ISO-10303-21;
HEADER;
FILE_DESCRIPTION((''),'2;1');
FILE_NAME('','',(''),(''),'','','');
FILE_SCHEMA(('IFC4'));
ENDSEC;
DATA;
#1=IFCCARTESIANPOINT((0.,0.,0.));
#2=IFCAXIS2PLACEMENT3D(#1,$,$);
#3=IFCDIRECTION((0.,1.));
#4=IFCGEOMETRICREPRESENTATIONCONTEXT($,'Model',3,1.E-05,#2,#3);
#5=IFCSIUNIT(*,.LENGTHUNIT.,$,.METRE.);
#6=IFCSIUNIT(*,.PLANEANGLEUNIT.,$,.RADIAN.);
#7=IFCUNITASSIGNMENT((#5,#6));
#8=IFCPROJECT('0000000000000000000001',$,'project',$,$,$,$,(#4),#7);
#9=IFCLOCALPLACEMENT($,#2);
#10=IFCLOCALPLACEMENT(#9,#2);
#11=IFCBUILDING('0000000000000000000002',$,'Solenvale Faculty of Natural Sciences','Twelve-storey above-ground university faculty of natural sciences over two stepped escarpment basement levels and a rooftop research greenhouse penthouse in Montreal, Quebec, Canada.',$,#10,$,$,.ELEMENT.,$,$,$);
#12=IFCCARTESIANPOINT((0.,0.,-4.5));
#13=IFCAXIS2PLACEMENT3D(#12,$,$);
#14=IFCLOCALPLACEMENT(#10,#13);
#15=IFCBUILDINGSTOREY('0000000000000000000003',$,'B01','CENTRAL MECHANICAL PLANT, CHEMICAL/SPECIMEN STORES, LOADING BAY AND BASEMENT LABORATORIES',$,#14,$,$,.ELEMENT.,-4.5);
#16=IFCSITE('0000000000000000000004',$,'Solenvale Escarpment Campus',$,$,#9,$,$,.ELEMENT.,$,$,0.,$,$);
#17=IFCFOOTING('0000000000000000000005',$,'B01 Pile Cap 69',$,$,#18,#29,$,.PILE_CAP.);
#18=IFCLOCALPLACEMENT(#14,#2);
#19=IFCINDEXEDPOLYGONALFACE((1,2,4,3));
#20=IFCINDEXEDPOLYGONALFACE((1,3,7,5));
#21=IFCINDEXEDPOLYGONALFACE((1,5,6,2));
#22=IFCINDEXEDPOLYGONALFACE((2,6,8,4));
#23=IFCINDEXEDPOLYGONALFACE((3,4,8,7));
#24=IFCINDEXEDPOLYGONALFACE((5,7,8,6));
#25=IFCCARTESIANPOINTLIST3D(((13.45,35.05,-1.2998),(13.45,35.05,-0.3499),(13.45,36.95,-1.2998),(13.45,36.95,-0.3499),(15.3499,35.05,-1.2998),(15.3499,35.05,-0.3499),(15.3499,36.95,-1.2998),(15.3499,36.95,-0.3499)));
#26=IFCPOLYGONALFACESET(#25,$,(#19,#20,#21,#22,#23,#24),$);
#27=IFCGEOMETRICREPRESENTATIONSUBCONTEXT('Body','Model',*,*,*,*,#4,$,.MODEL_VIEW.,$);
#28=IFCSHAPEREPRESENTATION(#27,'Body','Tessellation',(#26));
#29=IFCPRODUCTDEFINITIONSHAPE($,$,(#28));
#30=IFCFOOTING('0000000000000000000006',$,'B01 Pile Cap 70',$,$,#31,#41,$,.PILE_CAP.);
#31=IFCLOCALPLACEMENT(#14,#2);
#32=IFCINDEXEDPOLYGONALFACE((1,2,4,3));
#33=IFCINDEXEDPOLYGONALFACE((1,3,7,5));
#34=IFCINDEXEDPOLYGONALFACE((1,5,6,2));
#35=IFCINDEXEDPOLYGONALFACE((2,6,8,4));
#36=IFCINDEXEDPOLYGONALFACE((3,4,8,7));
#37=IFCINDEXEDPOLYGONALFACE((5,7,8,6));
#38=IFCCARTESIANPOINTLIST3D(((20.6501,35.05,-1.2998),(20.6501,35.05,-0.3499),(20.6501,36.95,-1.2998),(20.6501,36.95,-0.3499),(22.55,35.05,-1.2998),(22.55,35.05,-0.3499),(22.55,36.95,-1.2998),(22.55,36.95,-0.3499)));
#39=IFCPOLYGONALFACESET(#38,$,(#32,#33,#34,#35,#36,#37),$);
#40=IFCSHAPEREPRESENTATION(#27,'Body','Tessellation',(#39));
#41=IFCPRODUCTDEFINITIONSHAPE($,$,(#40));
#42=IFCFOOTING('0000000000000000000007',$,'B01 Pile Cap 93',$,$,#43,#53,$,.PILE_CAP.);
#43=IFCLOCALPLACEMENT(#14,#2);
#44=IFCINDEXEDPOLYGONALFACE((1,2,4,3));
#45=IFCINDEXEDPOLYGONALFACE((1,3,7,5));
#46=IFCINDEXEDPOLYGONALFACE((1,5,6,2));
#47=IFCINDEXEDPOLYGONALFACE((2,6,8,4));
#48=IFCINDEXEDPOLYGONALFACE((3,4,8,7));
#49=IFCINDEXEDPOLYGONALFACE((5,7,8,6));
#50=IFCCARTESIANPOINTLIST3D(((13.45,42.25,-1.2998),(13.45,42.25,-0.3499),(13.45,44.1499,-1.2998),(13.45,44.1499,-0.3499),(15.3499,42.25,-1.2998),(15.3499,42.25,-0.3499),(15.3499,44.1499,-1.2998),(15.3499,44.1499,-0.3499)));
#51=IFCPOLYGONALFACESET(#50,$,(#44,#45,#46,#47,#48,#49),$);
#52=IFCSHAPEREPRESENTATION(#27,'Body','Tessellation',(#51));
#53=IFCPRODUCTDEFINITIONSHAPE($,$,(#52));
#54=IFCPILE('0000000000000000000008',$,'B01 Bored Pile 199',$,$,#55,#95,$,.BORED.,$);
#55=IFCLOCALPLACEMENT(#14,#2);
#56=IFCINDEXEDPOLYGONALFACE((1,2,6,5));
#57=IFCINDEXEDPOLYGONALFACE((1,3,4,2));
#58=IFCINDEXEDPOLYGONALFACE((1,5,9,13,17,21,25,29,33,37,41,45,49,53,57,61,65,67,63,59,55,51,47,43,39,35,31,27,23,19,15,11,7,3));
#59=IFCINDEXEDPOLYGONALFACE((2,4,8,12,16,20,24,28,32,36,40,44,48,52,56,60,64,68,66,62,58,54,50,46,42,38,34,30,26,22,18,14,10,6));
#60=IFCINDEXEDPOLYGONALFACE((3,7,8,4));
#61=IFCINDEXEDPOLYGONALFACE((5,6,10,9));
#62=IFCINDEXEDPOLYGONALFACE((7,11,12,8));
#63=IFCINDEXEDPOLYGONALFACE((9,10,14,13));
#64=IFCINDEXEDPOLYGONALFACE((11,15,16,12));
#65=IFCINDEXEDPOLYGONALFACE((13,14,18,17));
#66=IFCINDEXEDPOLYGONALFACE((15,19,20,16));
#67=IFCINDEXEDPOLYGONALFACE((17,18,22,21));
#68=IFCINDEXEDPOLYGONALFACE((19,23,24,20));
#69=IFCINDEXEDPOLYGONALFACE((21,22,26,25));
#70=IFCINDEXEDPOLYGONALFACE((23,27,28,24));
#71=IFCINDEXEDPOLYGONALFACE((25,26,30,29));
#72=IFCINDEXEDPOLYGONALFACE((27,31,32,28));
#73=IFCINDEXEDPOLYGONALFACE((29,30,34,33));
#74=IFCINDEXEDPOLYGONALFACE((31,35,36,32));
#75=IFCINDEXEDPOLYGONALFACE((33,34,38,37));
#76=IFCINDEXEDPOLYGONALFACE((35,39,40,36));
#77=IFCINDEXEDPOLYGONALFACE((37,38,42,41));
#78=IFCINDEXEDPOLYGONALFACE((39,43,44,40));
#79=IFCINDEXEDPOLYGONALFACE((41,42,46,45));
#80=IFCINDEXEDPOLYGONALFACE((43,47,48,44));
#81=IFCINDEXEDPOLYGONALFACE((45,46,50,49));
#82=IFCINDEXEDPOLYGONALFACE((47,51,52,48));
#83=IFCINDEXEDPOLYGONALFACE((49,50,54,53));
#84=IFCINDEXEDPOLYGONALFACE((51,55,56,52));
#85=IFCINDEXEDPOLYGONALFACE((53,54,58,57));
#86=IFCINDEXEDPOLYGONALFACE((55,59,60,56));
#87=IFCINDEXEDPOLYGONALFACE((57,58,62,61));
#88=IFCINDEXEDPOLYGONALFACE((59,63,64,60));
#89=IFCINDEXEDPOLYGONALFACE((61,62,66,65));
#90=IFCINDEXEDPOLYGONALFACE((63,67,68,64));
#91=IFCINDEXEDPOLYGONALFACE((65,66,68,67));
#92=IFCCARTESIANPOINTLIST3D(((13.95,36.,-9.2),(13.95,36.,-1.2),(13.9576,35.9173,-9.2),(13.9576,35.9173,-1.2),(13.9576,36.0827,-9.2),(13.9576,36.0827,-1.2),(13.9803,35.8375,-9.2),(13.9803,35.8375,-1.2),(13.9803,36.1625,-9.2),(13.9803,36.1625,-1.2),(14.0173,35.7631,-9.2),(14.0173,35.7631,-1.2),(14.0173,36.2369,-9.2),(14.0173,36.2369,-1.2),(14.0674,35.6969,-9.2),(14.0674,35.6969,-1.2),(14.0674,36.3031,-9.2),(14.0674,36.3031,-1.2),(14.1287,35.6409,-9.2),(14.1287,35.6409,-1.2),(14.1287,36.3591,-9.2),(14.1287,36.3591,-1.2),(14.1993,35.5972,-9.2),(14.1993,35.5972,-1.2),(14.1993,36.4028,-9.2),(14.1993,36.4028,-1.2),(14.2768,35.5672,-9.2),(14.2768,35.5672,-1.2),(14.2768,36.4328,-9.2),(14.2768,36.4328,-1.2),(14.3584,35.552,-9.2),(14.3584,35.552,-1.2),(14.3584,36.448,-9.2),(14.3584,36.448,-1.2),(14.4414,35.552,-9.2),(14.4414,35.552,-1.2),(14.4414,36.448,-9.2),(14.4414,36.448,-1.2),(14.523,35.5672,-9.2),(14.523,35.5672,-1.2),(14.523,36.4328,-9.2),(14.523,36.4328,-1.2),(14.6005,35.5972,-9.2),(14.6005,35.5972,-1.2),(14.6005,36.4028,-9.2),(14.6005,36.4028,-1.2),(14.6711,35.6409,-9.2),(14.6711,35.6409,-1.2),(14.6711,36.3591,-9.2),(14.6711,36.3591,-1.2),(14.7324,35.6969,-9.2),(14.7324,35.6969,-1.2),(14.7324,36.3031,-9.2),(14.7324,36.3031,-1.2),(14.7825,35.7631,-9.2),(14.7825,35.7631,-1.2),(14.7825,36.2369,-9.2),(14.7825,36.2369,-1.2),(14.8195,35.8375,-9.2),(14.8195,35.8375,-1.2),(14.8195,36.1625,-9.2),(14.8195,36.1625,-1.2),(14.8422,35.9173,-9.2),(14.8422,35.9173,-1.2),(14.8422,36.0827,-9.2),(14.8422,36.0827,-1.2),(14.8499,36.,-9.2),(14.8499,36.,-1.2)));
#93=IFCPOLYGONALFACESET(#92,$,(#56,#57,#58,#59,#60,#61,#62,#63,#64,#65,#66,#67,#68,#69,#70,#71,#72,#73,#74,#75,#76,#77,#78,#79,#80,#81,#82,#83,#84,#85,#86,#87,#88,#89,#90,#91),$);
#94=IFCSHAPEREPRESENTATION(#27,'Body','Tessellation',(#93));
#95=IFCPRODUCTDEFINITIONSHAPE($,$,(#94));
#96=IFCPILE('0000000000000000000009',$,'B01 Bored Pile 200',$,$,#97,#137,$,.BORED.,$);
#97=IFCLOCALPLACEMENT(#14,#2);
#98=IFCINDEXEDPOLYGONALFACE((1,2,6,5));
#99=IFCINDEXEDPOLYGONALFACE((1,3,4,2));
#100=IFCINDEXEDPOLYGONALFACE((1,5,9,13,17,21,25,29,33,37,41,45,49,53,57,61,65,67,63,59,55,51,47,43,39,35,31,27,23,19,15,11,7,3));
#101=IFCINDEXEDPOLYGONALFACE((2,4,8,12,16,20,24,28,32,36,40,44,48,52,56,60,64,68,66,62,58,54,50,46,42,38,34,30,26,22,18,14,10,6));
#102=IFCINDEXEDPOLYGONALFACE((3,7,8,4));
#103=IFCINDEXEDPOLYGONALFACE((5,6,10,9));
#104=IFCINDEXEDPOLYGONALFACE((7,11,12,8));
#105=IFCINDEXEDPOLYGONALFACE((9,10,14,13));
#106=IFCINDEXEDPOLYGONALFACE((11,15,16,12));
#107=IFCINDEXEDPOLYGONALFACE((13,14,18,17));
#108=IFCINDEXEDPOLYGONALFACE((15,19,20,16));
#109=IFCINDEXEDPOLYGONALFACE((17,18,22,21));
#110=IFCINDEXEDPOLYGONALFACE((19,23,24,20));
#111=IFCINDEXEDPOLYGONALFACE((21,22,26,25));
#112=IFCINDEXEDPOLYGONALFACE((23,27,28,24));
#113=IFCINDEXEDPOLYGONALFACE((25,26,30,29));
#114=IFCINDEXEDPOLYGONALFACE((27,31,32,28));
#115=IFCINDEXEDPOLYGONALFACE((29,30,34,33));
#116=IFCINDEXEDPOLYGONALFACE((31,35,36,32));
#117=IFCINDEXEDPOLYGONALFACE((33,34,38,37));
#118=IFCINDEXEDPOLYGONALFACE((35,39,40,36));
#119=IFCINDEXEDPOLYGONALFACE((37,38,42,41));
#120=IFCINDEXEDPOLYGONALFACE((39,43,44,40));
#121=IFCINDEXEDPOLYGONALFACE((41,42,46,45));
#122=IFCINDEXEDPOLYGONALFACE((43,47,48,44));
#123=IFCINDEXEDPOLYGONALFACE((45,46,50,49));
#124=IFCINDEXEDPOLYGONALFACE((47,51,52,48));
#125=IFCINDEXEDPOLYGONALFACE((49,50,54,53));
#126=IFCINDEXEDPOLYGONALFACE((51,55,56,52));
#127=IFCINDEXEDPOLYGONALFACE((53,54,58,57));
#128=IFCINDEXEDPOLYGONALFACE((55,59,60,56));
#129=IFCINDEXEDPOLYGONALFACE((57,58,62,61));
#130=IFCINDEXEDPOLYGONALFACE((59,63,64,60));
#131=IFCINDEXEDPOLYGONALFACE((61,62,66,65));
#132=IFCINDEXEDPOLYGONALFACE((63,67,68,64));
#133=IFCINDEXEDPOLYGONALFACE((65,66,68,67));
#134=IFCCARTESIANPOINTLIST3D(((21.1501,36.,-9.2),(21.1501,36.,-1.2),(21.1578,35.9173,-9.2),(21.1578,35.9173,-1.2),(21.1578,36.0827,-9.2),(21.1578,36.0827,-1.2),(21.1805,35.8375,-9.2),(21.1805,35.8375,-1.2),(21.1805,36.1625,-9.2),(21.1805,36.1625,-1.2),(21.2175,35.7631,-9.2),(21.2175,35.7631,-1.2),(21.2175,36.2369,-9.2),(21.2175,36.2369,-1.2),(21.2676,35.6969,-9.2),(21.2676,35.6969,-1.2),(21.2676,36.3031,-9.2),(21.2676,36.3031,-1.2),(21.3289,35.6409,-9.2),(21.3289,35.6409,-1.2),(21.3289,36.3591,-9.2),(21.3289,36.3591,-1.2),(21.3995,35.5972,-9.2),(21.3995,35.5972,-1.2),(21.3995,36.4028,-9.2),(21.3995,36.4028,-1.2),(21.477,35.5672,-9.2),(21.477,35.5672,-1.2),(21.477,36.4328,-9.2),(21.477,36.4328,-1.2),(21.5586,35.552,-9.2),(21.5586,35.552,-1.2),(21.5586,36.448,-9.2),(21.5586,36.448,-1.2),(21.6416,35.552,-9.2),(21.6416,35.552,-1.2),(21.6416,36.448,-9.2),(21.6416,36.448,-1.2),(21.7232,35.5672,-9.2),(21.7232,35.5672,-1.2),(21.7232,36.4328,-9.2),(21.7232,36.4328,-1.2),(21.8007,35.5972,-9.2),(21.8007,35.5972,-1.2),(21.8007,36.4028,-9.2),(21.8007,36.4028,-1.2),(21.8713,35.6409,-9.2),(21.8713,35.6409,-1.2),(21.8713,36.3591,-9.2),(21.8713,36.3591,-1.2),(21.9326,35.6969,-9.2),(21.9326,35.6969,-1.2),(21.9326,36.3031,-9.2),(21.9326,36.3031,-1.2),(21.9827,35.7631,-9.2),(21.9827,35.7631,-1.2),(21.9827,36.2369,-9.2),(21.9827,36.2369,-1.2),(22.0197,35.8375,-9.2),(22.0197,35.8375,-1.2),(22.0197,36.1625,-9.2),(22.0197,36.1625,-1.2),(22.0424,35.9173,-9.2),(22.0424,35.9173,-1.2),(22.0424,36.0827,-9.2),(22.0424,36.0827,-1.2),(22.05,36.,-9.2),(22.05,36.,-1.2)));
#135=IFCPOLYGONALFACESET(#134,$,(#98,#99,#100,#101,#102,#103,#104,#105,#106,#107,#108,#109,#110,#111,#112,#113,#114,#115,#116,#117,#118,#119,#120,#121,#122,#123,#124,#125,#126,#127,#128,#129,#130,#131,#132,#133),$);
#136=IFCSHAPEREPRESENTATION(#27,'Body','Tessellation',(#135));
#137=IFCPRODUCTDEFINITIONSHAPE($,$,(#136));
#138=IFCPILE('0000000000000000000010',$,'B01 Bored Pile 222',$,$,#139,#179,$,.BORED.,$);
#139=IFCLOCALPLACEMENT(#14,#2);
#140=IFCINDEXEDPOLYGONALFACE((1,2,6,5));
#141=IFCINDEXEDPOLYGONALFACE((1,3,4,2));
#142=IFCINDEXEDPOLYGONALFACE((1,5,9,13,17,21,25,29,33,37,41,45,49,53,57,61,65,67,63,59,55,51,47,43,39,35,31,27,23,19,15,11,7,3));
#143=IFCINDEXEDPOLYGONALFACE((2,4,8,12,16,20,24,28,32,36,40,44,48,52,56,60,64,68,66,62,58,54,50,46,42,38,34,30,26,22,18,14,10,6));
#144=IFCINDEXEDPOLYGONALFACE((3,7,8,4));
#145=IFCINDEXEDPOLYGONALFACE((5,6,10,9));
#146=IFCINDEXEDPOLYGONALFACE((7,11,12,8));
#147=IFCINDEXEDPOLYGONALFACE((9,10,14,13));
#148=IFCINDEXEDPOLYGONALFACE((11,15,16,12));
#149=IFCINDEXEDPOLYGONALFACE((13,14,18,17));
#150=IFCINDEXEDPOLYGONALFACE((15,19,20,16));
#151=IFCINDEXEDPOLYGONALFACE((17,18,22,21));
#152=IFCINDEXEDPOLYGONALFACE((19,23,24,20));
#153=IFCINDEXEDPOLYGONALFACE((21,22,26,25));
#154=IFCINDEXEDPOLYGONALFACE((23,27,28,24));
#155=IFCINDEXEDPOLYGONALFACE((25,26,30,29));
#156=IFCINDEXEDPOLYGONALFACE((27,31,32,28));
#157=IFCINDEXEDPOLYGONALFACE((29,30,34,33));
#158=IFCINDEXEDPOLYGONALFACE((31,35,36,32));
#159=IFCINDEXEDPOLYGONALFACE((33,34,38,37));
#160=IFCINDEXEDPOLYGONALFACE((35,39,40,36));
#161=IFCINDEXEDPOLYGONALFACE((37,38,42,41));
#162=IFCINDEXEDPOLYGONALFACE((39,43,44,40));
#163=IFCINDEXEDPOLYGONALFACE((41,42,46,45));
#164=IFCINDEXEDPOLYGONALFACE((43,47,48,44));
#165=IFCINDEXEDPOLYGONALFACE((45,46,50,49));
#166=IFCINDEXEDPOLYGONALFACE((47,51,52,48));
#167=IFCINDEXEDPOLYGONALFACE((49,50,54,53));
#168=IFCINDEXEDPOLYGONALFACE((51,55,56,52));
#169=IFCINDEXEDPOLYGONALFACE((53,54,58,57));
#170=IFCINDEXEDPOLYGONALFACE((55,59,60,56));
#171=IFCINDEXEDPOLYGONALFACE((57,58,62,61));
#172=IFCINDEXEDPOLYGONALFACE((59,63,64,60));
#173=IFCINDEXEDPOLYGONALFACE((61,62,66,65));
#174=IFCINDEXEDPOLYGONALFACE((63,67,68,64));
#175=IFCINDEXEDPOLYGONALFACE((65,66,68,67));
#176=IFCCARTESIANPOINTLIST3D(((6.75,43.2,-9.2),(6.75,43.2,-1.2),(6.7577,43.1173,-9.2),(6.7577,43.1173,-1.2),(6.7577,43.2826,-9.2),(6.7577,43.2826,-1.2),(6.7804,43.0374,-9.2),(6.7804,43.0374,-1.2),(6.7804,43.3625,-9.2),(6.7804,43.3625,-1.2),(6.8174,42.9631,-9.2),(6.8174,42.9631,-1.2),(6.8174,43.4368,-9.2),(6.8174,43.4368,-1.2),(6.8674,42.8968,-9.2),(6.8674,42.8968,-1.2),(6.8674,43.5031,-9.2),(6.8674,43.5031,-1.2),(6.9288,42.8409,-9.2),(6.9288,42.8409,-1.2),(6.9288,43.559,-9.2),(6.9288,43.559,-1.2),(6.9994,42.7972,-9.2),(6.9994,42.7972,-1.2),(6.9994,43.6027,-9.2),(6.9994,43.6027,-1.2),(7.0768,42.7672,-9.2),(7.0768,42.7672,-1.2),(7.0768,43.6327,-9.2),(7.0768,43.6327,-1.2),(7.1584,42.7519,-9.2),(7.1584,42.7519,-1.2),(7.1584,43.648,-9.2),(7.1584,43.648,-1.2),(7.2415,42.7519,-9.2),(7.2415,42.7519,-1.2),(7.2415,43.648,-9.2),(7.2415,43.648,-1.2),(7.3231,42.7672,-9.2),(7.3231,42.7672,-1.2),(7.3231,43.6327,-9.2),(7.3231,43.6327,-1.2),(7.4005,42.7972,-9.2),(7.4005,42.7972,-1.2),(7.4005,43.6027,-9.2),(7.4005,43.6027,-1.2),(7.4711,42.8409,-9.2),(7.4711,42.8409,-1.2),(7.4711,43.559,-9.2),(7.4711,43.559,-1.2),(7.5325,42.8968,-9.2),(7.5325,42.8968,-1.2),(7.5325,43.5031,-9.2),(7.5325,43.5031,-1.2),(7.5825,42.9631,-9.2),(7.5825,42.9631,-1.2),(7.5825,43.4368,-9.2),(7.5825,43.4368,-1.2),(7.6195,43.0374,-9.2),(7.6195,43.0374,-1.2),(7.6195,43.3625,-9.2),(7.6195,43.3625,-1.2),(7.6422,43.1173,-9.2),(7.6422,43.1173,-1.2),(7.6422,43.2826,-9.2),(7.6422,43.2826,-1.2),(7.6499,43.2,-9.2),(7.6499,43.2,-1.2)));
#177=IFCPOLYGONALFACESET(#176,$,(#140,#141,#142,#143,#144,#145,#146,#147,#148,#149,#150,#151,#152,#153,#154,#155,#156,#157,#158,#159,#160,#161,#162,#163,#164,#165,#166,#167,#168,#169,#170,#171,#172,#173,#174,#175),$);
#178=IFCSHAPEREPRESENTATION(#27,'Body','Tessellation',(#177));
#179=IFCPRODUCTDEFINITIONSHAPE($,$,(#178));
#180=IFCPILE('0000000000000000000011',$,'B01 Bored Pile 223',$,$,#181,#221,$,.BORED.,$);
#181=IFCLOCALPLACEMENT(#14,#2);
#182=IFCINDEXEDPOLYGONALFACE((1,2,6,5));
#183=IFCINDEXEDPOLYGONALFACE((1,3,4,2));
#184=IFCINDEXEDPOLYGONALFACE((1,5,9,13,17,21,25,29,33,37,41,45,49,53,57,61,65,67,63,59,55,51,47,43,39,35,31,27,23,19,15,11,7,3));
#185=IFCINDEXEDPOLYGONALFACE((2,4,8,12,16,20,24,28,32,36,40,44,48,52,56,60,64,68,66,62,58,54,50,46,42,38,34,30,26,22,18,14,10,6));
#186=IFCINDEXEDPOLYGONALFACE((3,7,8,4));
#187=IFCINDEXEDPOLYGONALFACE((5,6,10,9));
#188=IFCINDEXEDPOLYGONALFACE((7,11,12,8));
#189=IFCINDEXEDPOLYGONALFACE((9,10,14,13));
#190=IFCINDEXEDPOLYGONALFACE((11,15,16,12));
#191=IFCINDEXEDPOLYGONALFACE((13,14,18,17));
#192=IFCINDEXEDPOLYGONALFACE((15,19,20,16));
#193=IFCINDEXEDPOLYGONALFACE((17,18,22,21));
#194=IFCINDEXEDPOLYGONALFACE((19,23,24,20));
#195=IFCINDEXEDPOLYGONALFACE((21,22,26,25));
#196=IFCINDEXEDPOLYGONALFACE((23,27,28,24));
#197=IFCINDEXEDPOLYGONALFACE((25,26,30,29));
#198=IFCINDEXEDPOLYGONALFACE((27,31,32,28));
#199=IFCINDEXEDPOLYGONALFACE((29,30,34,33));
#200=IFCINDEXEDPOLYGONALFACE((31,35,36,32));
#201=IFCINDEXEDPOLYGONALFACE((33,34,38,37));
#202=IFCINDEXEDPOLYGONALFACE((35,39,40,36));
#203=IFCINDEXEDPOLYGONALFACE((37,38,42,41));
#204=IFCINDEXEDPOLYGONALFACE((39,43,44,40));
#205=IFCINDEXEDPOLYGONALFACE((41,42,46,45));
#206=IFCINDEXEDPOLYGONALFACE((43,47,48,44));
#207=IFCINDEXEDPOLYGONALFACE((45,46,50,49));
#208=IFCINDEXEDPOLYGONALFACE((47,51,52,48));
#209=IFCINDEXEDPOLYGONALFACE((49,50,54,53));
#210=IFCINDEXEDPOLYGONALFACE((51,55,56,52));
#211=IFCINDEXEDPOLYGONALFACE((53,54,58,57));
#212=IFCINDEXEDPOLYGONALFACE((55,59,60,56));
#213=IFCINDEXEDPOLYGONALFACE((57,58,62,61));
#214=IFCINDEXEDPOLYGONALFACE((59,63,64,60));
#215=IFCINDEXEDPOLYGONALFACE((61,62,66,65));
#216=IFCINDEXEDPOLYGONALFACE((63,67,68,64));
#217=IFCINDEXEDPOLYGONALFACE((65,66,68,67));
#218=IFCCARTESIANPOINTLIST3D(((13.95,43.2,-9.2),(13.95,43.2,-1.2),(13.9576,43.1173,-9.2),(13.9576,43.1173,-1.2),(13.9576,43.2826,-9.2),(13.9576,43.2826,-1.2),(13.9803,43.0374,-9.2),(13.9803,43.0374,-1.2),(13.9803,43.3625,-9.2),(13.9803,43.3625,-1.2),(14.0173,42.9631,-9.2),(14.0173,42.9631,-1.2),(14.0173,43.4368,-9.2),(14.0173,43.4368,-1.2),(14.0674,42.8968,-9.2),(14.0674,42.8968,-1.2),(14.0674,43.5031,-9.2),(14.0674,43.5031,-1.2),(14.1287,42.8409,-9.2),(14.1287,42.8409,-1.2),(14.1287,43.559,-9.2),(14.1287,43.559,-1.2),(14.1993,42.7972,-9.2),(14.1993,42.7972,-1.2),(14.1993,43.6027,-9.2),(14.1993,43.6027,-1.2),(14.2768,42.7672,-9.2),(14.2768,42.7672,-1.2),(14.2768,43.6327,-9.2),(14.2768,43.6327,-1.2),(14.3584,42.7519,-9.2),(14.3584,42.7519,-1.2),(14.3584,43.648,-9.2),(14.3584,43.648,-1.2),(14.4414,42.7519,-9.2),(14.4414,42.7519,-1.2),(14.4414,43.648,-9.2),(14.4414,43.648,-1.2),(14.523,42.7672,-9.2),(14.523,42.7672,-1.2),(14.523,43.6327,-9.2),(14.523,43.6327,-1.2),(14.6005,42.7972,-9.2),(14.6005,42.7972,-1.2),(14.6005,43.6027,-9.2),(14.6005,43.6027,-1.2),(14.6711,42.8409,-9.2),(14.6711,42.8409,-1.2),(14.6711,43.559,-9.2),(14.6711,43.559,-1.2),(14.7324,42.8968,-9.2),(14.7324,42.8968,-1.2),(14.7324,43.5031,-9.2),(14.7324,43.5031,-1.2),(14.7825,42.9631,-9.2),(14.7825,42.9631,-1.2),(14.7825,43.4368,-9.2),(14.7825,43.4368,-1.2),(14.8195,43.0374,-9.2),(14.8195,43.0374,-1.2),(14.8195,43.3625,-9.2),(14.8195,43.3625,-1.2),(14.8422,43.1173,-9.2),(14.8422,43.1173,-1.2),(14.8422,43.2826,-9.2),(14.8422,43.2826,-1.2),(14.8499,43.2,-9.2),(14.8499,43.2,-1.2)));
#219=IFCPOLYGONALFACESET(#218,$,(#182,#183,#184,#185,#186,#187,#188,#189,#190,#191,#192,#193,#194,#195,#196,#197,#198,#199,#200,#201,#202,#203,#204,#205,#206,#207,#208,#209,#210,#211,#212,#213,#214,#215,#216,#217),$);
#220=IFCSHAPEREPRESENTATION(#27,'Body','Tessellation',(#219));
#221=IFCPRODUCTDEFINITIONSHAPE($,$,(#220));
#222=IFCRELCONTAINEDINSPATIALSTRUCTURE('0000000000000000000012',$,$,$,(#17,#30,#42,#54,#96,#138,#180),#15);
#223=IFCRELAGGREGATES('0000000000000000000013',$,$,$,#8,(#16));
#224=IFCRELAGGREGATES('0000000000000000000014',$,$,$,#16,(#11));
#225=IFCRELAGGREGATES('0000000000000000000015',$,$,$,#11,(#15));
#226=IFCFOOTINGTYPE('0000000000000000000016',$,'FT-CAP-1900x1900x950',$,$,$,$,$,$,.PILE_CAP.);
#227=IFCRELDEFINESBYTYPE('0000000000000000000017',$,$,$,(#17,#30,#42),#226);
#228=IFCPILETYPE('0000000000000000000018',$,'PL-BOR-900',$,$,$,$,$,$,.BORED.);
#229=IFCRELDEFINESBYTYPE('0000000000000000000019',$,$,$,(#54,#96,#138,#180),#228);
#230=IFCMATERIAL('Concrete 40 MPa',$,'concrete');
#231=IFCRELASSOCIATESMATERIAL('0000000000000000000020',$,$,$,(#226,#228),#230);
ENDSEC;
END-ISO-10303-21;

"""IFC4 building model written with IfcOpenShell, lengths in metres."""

from ifc_helpers import new_model, si_unit, direction, frame, origin, origin_2d, place, context, subcontext, project, spatial, rectangle, circle, extrude, material, material_profile, profile_set, type_object, element, save


model = new_model("IFC4")

# Units and contexts
model_context = context("Model", 3, precision=1e-05, world=origin(), true_north=direction((0.0, 1.0)))
body_context = subcontext(model_context, "Body", "Model", "MODEL_VIEW")
ifc_project = project(units=[si_unit("LENGTHUNIT", "METRE"), si_unit("PLANEANGLEUNIT", "RADIAN")], contexts=[model_context])

# Site, building, storey
site_placement = place(None, origin())
site = spatial("IfcSite", under=ifc_project, at=site_placement, Name="Solenvale Escarpment Campus", CompositionType="ELEMENT", RefElevation=0.0)
building_placement = place(site_placement, origin())
building = spatial("IfcBuilding", under=site, at=building_placement, Name="Solenvale Faculty of Natural Sciences", Description="Twelve-storey above-ground university faculty of natural sciences over two stepped escarpment basement levels and a rooftop research greenhouse penthouse in Montreal, Quebec, Canada.", CompositionType="ELEMENT")
storey_placement = place(building_placement, frame((0.0, 0.0, -4.5)))
storey = spatial("IfcBuildingStorey", under=building, at=storey_placement, Name="B01", Description="CENTRAL MECHANICAL PLANT, CHEMICAL/SPECIMEN STORES, LOADING BAY AND BASEMENT LABORATORIES", CompositionType="ELEMENT", Elevation=-4.5)

# Footings
ifc_material_1 = material(Name="Concrete 40 MPa", Category="concrete")
footing_type = type_object("IfcFootingType", Name="FT-CAP-1900x1900x950", PredefinedType="PILE_CAP", material=ifc_material_1)
for number, where, z_axis, x_axis, name in (
    (1, (14.3999, 36.0, -1.2998), (0.0, 0.0, 1.0), (1.0, 0.0, 0.0), "B01 Pile Cap 69"),
    (2, (21.6001, 36.0, -1.2998), (0.0, 0.0, 1.0), (1.0, 0.0, 0.0), "B01 Pile Cap 70"),
    (3, (14.3999, 43.2, -1.2998), (0.0, 0.0, 1.0), (1.0, 0.0, 0.0), "B01 Pile Cap 93"),
):
    element("IfcFooting", number, at=place(storey_placement, frame(where, z_axis=z_axis, x_axis=x_axis)), inside=storey, type_object=footing_type, Name=name, PredefinedType="PILE_CAP", context=body_context, shape_type="SweptSolid", body=[
        extrude(rectangle(XDim=1.8999, YDim=1.8999, at=origin_2d()), origin(), (0.0, 0.0, 1.0), 0.95),
    ])

# Piles
ifc_material_profile_1 = material_profile(ifc_material_1, circle(Radius=0.45, at=origin_2d()), Name="PILE-D900")
ifc_profile_set_1 = profile_set([ifc_material_profile_1], Name="Concrete 40 MPa")
pile_type = type_object("IfcPileType", Name="PL-BOR-900", PredefinedType="BORED", material=ifc_profile_set_1)
for number, where, z_axis, x_axis, name in (
    (4, (14.3999, 36.0, -1.2), (0.0, 0.0, -1.0), (1.0, 0.0, 0.0), "B01 Bored Pile 199"),
    (5, (21.6001, 36.0, -1.2), (0.0, 0.0, -1.0), (1.0, 0.0, 0.0), "B01 Bored Pile 200"),
    (6, (7.2, 43.2, -1.2), (0.0, 0.0, -1.0), (1.0, 0.0, 0.0), "B01 Bored Pile 222"),
    (7, (14.3999, 43.2, -1.2), (0.0, 0.0, -1.0), (1.0, 0.0, 0.0), "B01 Bored Pile 223"),
):
    element("IfcPile", number, at=place(storey_placement, frame(where, z_axis=z_axis, x_axis=x_axis)), inside=storey, type_object=pile_type, Name=name, PredefinedType="BORED", context=body_context, shape_type="SweptSolid", body=[
        extrude(circle(Radius=0.45, at=origin_2d()), origin(), (0.0, 0.0, 1.0), 8.0),
    ])

save(model, "model.ifc")
